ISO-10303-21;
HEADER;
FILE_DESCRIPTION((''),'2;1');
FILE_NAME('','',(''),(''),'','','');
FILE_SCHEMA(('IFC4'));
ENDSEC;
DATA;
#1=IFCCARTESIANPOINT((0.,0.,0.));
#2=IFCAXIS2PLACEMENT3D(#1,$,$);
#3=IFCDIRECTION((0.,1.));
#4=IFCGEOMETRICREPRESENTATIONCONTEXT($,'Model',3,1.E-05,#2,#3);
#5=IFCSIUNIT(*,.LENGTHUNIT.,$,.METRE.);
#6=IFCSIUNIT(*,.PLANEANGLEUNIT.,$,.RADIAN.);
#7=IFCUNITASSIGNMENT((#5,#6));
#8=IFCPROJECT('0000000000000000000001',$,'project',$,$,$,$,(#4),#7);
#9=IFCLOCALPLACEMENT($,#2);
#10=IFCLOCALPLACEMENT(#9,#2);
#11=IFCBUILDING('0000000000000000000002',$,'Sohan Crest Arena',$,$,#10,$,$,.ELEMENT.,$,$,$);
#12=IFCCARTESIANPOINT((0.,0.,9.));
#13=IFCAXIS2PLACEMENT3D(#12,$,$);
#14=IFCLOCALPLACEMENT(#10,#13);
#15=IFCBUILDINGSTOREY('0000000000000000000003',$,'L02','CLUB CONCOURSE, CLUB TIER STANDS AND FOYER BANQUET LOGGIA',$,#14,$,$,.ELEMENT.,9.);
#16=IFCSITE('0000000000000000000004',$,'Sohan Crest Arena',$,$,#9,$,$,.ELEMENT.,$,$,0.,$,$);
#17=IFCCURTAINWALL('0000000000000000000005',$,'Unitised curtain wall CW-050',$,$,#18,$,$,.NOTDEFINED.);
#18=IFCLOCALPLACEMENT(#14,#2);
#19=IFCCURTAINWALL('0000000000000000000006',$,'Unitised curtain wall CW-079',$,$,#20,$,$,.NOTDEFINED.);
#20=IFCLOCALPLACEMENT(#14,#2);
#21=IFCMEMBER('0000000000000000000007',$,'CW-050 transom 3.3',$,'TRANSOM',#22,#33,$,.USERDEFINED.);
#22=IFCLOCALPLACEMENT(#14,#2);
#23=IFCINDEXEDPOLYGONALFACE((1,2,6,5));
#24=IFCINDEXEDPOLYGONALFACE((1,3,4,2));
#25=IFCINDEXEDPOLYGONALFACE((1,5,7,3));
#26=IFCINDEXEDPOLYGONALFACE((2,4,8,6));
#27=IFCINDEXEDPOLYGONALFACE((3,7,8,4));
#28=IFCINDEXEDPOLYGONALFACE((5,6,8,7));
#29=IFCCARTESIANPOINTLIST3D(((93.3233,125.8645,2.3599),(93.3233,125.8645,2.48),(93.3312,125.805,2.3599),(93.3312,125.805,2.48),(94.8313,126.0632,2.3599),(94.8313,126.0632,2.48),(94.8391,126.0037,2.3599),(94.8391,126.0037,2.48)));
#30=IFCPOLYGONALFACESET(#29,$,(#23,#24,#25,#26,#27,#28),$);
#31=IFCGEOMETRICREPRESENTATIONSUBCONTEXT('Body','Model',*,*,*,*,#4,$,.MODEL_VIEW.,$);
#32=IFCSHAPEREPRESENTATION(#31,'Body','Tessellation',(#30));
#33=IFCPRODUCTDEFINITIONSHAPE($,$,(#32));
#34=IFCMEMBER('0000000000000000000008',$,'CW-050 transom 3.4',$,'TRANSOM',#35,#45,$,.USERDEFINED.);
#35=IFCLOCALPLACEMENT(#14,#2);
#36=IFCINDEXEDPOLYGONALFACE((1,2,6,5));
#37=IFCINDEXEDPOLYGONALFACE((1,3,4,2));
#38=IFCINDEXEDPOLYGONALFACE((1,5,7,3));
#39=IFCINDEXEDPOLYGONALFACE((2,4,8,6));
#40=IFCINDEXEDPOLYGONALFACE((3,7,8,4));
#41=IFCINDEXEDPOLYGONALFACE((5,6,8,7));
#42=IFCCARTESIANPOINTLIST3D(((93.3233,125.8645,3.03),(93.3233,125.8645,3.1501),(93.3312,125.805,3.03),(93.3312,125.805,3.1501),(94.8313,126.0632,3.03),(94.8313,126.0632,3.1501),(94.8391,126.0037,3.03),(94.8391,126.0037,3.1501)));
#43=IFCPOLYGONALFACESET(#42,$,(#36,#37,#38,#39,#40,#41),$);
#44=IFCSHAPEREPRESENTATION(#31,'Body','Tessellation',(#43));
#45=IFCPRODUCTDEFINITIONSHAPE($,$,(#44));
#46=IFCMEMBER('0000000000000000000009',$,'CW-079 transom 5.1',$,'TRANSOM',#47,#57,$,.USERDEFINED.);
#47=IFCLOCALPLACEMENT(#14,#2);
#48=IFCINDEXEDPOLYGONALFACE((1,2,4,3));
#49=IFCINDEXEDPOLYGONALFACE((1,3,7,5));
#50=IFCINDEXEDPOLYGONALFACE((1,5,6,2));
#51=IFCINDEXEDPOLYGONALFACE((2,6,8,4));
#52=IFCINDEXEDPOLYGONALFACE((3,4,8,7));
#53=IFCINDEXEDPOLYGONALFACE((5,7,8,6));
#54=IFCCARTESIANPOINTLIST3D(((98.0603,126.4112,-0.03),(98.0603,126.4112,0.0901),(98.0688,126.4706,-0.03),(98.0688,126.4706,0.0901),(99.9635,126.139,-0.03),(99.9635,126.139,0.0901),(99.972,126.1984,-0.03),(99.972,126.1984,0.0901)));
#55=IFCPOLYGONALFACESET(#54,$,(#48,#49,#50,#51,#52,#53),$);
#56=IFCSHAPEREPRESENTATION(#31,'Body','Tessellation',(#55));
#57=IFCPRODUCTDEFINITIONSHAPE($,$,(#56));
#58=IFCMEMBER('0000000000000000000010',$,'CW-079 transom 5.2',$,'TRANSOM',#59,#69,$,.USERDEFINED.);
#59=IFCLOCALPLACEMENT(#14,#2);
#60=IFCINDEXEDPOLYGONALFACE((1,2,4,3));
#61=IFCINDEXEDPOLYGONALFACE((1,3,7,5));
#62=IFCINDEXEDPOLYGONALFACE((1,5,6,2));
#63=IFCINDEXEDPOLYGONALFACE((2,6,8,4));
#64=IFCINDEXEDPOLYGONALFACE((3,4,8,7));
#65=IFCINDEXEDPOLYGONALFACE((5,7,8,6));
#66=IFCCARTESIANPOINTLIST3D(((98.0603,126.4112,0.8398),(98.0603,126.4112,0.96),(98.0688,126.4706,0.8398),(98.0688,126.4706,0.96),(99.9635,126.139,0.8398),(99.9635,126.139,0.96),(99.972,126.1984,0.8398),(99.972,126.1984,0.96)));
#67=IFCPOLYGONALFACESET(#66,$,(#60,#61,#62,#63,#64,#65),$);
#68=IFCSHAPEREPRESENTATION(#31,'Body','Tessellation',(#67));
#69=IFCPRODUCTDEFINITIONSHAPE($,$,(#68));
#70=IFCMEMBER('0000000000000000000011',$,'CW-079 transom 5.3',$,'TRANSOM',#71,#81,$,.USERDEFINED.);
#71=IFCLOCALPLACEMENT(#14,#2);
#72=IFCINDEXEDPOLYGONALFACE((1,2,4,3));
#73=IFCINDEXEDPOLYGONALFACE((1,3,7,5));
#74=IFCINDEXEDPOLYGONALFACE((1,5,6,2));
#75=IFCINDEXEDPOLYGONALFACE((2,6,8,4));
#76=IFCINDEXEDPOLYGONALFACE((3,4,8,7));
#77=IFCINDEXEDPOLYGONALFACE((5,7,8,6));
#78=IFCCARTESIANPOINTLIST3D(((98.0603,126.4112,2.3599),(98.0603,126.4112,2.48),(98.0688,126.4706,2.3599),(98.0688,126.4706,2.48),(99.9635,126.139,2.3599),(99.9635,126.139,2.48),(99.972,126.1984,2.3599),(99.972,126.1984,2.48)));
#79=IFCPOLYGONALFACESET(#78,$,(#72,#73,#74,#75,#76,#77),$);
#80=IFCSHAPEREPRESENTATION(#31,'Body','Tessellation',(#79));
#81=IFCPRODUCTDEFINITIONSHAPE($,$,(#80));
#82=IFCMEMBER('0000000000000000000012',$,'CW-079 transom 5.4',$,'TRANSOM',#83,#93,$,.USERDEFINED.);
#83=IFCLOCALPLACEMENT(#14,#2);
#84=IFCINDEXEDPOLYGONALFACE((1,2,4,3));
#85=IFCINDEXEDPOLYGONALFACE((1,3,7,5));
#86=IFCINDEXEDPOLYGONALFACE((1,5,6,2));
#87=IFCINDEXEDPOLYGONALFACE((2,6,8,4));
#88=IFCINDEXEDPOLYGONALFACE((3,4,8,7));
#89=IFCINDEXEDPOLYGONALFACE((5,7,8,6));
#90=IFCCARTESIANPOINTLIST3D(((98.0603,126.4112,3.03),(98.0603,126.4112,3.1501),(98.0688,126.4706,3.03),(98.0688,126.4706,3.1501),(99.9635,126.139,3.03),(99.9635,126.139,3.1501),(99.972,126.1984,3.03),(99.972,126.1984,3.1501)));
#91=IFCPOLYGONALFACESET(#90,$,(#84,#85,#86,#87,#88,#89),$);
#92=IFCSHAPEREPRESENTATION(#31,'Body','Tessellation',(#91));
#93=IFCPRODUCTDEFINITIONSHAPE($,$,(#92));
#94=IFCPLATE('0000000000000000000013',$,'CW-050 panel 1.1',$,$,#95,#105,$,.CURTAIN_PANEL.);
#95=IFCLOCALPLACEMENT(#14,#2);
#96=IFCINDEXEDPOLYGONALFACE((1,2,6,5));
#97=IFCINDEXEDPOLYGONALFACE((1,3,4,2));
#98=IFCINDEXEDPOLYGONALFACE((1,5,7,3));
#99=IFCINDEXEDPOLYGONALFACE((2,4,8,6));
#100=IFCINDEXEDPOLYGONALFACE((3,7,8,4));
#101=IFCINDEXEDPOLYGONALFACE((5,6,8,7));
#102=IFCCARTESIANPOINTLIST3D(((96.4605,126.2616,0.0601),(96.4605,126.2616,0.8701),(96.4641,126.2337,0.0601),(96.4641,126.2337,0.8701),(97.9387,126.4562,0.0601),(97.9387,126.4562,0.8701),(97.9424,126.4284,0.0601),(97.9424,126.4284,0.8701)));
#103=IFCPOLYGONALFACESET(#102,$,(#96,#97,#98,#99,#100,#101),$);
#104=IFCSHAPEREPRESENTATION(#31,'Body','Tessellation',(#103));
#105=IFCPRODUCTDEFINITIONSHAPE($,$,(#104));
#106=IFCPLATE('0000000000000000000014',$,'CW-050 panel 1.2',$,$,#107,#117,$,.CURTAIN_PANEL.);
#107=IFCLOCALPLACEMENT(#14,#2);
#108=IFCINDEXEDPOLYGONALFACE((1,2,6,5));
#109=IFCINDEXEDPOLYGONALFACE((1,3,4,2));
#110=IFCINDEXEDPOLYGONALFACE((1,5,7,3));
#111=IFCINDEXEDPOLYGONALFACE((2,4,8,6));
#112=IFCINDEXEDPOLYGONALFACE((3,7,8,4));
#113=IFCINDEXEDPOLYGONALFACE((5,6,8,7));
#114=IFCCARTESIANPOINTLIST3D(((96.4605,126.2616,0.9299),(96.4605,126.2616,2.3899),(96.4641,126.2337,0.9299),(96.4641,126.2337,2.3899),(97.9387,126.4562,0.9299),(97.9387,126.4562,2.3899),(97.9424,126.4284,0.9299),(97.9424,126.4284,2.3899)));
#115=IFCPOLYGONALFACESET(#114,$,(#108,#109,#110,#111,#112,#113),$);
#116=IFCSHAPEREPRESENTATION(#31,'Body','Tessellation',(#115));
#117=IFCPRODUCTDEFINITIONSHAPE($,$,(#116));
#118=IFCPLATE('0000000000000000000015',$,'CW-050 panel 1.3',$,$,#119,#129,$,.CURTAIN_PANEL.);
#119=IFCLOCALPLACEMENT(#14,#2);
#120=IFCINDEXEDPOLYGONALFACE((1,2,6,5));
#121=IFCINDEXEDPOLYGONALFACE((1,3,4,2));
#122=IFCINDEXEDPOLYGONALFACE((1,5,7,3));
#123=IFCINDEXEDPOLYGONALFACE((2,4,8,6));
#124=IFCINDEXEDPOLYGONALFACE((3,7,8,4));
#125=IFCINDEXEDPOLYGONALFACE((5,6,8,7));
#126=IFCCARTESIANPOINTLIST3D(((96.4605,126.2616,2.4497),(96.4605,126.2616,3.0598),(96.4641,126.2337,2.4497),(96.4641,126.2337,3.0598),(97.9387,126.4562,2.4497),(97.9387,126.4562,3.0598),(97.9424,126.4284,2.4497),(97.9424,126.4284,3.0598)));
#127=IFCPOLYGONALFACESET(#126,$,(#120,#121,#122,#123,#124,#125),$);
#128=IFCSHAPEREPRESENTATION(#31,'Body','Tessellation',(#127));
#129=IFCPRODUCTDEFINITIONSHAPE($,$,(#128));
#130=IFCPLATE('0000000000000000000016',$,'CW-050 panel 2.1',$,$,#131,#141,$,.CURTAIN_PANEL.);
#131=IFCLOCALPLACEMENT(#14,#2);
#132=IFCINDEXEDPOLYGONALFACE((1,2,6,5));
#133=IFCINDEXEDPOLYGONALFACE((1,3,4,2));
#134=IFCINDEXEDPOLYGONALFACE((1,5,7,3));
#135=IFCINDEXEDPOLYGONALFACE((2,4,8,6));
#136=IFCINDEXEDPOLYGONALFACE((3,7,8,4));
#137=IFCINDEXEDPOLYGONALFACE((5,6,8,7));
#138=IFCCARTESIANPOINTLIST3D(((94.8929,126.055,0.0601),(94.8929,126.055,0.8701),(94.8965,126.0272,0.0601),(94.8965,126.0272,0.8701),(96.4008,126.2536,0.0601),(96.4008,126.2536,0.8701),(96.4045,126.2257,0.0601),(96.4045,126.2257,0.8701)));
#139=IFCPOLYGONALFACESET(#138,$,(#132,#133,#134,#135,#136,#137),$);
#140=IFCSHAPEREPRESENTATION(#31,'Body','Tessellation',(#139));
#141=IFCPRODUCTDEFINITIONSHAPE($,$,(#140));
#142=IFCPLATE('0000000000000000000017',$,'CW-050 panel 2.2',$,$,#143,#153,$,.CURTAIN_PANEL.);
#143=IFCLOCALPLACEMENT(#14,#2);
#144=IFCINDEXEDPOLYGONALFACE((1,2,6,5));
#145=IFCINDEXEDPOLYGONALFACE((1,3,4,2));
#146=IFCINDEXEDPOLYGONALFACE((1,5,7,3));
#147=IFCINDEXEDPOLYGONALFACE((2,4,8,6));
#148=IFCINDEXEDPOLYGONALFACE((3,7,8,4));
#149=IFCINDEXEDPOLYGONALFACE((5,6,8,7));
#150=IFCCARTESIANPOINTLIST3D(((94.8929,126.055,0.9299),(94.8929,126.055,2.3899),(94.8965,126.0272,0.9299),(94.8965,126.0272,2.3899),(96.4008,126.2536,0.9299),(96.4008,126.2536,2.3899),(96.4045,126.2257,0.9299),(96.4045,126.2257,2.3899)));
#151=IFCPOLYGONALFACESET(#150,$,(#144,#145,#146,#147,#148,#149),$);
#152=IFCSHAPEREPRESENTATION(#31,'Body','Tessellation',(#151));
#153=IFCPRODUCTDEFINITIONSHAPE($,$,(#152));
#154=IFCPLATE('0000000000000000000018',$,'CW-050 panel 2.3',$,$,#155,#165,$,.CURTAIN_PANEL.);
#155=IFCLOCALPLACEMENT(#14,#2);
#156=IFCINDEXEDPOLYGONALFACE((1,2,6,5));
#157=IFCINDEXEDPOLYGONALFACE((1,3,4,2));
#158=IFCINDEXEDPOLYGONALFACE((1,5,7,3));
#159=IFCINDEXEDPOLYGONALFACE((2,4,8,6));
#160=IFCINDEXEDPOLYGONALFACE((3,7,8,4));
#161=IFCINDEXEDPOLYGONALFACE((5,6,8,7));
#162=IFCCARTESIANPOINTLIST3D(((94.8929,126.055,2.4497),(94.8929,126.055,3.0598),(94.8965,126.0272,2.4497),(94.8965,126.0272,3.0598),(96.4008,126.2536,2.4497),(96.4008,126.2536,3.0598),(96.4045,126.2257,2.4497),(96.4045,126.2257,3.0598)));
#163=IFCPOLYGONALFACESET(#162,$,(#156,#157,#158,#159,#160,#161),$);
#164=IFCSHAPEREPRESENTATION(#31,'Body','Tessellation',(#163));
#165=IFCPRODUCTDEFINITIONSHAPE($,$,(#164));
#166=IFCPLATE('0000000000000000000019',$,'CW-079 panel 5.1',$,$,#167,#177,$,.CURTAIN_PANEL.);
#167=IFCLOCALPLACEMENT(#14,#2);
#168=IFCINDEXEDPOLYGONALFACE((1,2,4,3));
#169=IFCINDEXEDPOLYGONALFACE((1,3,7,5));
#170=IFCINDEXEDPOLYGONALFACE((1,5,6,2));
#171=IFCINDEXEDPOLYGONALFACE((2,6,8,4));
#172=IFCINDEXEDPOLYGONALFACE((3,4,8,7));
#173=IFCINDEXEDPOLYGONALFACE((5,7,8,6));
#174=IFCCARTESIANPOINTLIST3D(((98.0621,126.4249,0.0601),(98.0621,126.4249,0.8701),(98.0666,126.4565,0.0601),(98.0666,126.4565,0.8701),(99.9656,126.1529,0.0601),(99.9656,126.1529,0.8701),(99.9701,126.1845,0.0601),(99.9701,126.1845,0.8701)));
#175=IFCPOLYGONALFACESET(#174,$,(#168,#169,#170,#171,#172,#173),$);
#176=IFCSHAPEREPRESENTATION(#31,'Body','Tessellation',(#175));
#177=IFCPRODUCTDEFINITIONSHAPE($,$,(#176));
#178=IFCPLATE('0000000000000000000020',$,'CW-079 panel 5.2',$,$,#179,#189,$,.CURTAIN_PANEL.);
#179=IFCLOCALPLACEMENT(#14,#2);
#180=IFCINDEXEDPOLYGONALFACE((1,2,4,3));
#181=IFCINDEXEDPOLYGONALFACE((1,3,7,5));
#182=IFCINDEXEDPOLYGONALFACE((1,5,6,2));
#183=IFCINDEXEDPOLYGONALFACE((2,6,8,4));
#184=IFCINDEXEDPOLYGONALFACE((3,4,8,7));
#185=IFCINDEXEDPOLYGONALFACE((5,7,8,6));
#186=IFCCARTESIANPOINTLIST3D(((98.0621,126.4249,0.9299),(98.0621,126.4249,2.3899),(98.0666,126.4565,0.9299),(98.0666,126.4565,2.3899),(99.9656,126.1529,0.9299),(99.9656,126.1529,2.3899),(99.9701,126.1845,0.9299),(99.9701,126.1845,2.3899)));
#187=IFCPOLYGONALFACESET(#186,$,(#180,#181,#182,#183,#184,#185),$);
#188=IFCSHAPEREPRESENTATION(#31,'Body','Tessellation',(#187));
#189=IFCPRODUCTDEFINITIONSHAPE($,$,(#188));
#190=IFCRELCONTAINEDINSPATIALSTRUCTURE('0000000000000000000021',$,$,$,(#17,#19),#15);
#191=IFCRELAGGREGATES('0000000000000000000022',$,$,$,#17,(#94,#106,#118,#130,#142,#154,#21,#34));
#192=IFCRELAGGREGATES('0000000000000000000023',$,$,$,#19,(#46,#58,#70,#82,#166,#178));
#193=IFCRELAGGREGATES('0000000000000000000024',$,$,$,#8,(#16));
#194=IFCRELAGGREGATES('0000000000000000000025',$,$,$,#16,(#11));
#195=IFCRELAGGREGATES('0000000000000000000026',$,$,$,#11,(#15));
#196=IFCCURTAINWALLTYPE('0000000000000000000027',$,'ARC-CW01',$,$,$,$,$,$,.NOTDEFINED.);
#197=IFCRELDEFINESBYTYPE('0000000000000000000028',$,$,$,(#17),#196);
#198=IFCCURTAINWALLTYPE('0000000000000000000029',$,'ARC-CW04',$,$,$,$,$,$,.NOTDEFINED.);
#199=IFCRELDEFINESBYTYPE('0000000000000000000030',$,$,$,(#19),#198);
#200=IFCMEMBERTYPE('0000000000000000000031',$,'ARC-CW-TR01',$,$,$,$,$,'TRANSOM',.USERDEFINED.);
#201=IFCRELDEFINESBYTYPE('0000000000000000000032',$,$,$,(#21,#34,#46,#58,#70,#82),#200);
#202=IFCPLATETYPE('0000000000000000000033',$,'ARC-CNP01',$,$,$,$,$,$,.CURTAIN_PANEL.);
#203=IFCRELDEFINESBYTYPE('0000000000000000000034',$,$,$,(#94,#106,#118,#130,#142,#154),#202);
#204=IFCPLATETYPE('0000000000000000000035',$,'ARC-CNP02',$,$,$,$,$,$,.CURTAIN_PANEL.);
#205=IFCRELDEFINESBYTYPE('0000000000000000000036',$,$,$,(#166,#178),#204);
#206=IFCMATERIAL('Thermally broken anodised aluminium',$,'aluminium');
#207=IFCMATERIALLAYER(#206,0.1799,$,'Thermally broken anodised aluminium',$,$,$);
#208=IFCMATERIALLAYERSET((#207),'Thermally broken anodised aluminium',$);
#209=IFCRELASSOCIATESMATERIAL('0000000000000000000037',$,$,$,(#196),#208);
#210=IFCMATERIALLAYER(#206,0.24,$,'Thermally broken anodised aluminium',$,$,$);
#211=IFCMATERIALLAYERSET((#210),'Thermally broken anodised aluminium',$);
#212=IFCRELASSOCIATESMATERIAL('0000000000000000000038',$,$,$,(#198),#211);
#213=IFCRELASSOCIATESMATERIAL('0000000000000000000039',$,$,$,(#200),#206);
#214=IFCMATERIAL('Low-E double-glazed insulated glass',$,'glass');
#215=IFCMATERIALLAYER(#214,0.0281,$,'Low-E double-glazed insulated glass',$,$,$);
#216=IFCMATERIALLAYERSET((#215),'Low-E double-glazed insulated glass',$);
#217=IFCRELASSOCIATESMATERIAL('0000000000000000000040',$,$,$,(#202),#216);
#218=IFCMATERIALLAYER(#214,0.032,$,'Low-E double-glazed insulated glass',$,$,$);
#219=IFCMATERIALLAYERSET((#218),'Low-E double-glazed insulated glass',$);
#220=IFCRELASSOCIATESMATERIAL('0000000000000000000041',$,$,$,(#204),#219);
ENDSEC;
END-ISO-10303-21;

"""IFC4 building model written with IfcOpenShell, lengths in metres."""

from ifc_helpers import new_model, si_unit, direction, frame, origin, origin_2d, place, context, subcontext, project, spatial, rectangle, extrude, material, layer, layer_set, material_profile, profile_set, type_object, element, aggregate, save


model = new_model("IFC4")

# Units and contexts
model_context = context("Model", 3, precision=1e-05, world=origin(), true_north=direction((0.0, 1.0)))
body_context = subcontext(model_context, "Body", "Model", "MODEL_VIEW")
ifc_project = project(units=[si_unit("LENGTHUNIT", "METRE"), si_unit("PLANEANGLEUNIT", "RADIAN")], contexts=[model_context])

# Site, building, storey
site_placement = place(None, origin())
site = spatial("IfcSite", under=ifc_project, at=site_placement, Name="Sohan Crest Arena", CompositionType="ELEMENT", RefElevation=0.0)
building_placement = place(site_placement, origin())
building = spatial("IfcBuilding", under=site, at=building_placement, Name="Sohan Crest Arena", CompositionType="ELEMENT")
storey_placement = place(building_placement, frame((0.0, 0.0, 9.0)))
storey = spatial("IfcBuildingStorey", under=building, at=storey_placement, Name="L02", Description="CLUB CONCOURSE, CLUB TIER STANDS AND FOYER BANQUET LOGGIA", CompositionType="ELEMENT", Elevation=9.0)

# Curtain walls
ifc_material_1 = material(Name="Thermally broken anodised aluminium", Category="aluminium")
ifc_layer_1 = layer(ifc_material_1, 0.1799, Name="Thermally broken anodised aluminium")
ifc_layer_set_1 = layer_set([ifc_layer_1], Name="Thermally broken anodised aluminium")
curtain_wall_type_1 = type_object("IfcCurtainWallType", Name="ARC-CW01", PredefinedType="NOTDEFINED", material=ifc_layer_set_1)
curtain_wall_1_placement = place(storey_placement, origin())
curtain_wall_1 = element("IfcCurtainWall", 1, at=curtain_wall_1_placement, inside=storey, type_object=curtain_wall_type_1, Name="Unitised curtain wall CW-050", PredefinedType="NOTDEFINED")
ifc_layer_2 = layer(ifc_material_1, 0.24, Name="Thermally broken anodised aluminium")
ifc_layer_set_2 = layer_set([ifc_layer_2], Name="Thermally broken anodised aluminium")
curtain_wall_type_2 = type_object("IfcCurtainWallType", Name="ARC-CW04", PredefinedType="NOTDEFINED", material=ifc_layer_set_2)
curtain_wall_2_placement = place(storey_placement, origin())
curtain_wall_2 = element("IfcCurtainWall", 2, at=curtain_wall_2_placement, inside=storey, type_object=curtain_wall_type_2, Name="Unitised curtain wall CW-079", PredefinedType="NOTDEFINED")

# Members
ifc_material_profile_1 = material_profile(ifc_material_1, rectangle(XDim=0.0601, YDim=0.1201, at=origin_2d()), Name="ALU-TRAN 60x120")
ifc_profile_set_1 = profile_set([ifc_material_profile_1], Name="Thermally broken anodised aluminium")
member_type_1 = type_object("IfcMemberType", Name="ARC-CW-TR01", ElementType="TRANSOM", PredefinedType="USERDEFINED", material=ifc_profile_set_1)
member_1_placement = place(storey_placement, frame((94.8352, 126.0334, 2.4199), z_axis=(-0.991429, -0.13065, 0.0), x_axis=(0.13065, -0.991429, 0.0)))
member_1 = element("IfcMember", 3, at=member_1_placement, type_object=member_type_1, Name="CW-050 transom 3.3", ObjectType="TRANSOM", PredefinedType="USERDEFINED", context=body_context, shape_type="SweptSolid", body=[
    extrude(rectangle(XDim=0.0601, YDim=0.1201, at=origin_2d()), origin(), (0.0, 0.0, 1.0), 1.521),
])
member_2_placement = place(storey_placement, frame((94.8352, 126.0334, 3.0901), z_axis=(-0.991429, -0.13065, 0.0), x_axis=(0.13065, -0.991429, 0.0)))
member_2 = element("IfcMember", 4, at=member_2_placement, type_object=member_type_1, Name="CW-050 transom 3.4", ObjectType="TRANSOM", PredefinedType="USERDEFINED", context=body_context, shape_type="SweptSolid", body=[
    extrude(rectangle(XDim=0.0601, YDim=0.1201, at=origin_2d()), origin(), (0.0, 0.0, 1.0), 1.521),
])
member_3_placement = place(storey_placement, frame((99.9678, 126.1687, 0.03), z_axis=(-0.989927, 0.141581, 0.0), x_axis=(-0.141581, -0.989927, 0.0)))
member_3 = element("IfcMember", 5, at=member_3_placement, type_object=member_type_1, Name="CW-079 transom 5.1", ObjectType="TRANSOM", PredefinedType="USERDEFINED", context=body_context, shape_type="SweptSolid", body=[
    extrude(rectangle(XDim=0.0601, YDim=0.1201, at=origin_2d()), origin(), (0.0, 0.0, 1.0), 1.9226),
])
member_4_placement = place(storey_placement, frame((99.9678, 126.1687, 0.8999), z_axis=(-0.989927, 0.141581, 0.0), x_axis=(-0.141581, -0.989927, 0.0)))
member_4 = element("IfcMember", 6, at=member_4_placement, type_object=member_type_1, Name="CW-079 transom 5.2", ObjectType="TRANSOM", PredefinedType="USERDEFINED", context=body_context, shape_type="SweptSolid", body=[
    extrude(rectangle(XDim=0.0601, YDim=0.1201, at=origin_2d()), origin(), (0.0, 0.0, 1.0), 1.9226),
])
member_5_placement = place(storey_placement, frame((99.9678, 126.1687, 2.4199), z_axis=(-0.989927, 0.141581, 0.0), x_axis=(-0.141581, -0.989927, 0.0)))
member_5 = element("IfcMember", 7, at=member_5_placement, type_object=member_type_1, Name="CW-079 transom 5.3", ObjectType="TRANSOM", PredefinedType="USERDEFINED", context=body_context, shape_type="SweptSolid", body=[
    extrude(rectangle(XDim=0.0601, YDim=0.1201, at=origin_2d()), origin(), (0.0, 0.0, 1.0), 1.9226),
])
member_6_placement = place(storey_placement, frame((99.9678, 126.1687, 3.0901), z_axis=(-0.989927, 0.141581, 0.0), x_axis=(-0.141581, -0.989927, 0.0)))
member_6 = element("IfcMember", 8, at=member_6_placement, type_object=member_type_1, Name="CW-079 transom 5.4", ObjectType="TRANSOM", PredefinedType="USERDEFINED", context=body_context, shape_type="SweptSolid", body=[
    extrude(rectangle(XDim=0.0601, YDim=0.1201, at=origin_2d()), origin(), (0.0, 0.0, 1.0), 1.9226),
])

# Plates
ifc_material_2 = material(Name="Low-E double-glazed insulated glass", Category="glass")
ifc_layer_3 = layer(ifc_material_2, 0.0281, Name="Low-E double-glazed insulated glass")
ifc_layer_set_3 = layer_set([ifc_layer_3], Name="Low-E double-glazed insulated glass")
plate_type_1 = type_object("IfcPlateType", Name="ARC-CNP01", PredefinedType="CURTAIN_PANEL", material=ifc_layer_set_3)
plate_1_placement = place(storey_placement, frame((97.2014, 126.345, 0.0601), z_axis=(0.0, 0.0, 1.0), x_axis=(-0.991444, -0.130532, 0.0)))
plate_1 = element("IfcPlate", 9, at=plate_1_placement, type_object=plate_type_1, Name="CW-050 panel 1.1", PredefinedType="CURTAIN_PANEL", context=body_context, shape_type="SweptSolid", body=[
    extrude(rectangle(XDim=1.491, YDim=0.0281, at=origin_2d()), origin(), (0.0, 0.0, 1.0), 0.8101),
])
plate_2_placement = place(storey_placement, frame((97.2014, 126.345, 0.9299), z_axis=(0.0, 0.0, 1.0), x_axis=(-0.991444, -0.130532, 0.0)))
plate_2 = element("IfcPlate", 10, at=plate_2_placement, type_object=plate_type_1, Name="CW-050 panel 1.2", PredefinedType="CURTAIN_PANEL", context=body_context, shape_type="SweptSolid", body=[
    extrude(rectangle(XDim=1.491, YDim=0.0281, at=origin_2d()), origin(), (0.0, 0.0, 1.0), 1.46),
])
plate_3_placement = place(storey_placement, frame((97.2014, 126.345, 2.4497), z_axis=(0.0, 0.0, 1.0), x_axis=(-0.991444, -0.130532, 0.0)))
plate_3 = element("IfcPlate", 11, at=plate_3_placement, type_object=plate_type_1, Name="CW-050 panel 1.3", PredefinedType="CURTAIN_PANEL", context=body_context, shape_type="SweptSolid", body=[
    extrude(rectangle(XDim=1.491, YDim=0.0281, at=origin_2d()), origin(), (0.0, 0.0, 1.0), 0.6101),
])
plate_4_placement = place(storey_placement, frame((95.6487, 126.1404, 0.0601), z_axis=(0.0, 0.0, 1.0), x_axis=(-0.991444, -0.130532, 0.0)))
plate_4 = element("IfcPlate", 12, at=plate_4_placement, type_object=plate_type_1, Name="CW-050 panel 2.1", PredefinedType="CURTAIN_PANEL", context=body_context, shape_type="SweptSolid", body=[
    extrude(rectangle(XDim=1.521, YDim=0.0281, at=origin_2d()), origin(), (0.0, 0.0, 1.0), 0.8101),
])
plate_5_placement = place(storey_placement, frame((95.6487, 126.1404, 0.9299), z_axis=(0.0, 0.0, 1.0), x_axis=(-0.991444, -0.130532, 0.0)))
plate_5 = element("IfcPlate", 13, at=plate_5_placement, type_object=plate_type_1, Name="CW-050 panel 2.2", PredefinedType="CURTAIN_PANEL", context=body_context, shape_type="SweptSolid", body=[
    extrude(rectangle(XDim=1.521, YDim=0.0281, at=origin_2d()), origin(), (0.0, 0.0, 1.0), 1.46),
])
plate_6_placement = place(storey_placement, frame((95.6487, 126.1404, 2.4497), z_axis=(0.0, 0.0, 1.0), x_axis=(-0.991444, -0.130532, 0.0)))
plate_6 = element("IfcPlate", 14, at=plate_6_placement, type_object=plate_type_1, Name="CW-050 panel 2.3", PredefinedType="CURTAIN_PANEL", context=body_context, shape_type="SweptSolid", body=[
    extrude(rectangle(XDim=1.521, YDim=0.0281, at=origin_2d()), origin(), (0.0, 0.0, 1.0), 0.6101),
])
aggregate(curtain_wall_1, [plate_1, plate_2, plate_3, plate_4, plate_5, plate_6, member_1, member_2])
ifc_layer_4 = layer(ifc_material_2, 0.032, Name="Low-E double-glazed insulated glass")
ifc_layer_set_4 = layer_set([ifc_layer_4], Name="Low-E double-glazed insulated glass")
plate_type_2 = type_object("IfcPlateType", Name="ARC-CNP02", PredefinedType="CURTAIN_PANEL", material=ifc_layer_set_4)
plate_7_placement = place(storey_placement, frame((99.0161, 126.3047, 0.0601), z_axis=(0.0, 0.0, 1.0), x_axis=(-0.989944, 0.141463, 0.0)))
plate_7 = element("IfcPlate", 15, at=plate_7_placement, type_object=plate_type_2, Name="CW-079 panel 5.1", PredefinedType="CURTAIN_PANEL", context=body_context, shape_type="SweptSolid", body=[
    extrude(rectangle(XDim=1.9229, YDim=0.032, at=origin_2d()), origin(), (0.0, 0.0, 1.0), 0.8101),
])
plate_8_placement = place(storey_placement, frame((99.0161, 126.3047, 0.9299), z_axis=(0.0, 0.0, 1.0), x_axis=(-0.989944, 0.141463, 0.0)))
plate_8 = element("IfcPlate", 16, at=plate_8_placement, type_object=plate_type_2, Name="CW-079 panel 5.2", PredefinedType="CURTAIN_PANEL", context=body_context, shape_type="SweptSolid", body=[
    extrude(rectangle(XDim=1.9229, YDim=0.032, at=origin_2d()), origin(), (0.0, 0.0, 1.0), 1.46),
])
aggregate(curtain_wall_2, [member_3, member_4, member_5, member_6, plate_7, plate_8])

save(model, "model.ifc")
